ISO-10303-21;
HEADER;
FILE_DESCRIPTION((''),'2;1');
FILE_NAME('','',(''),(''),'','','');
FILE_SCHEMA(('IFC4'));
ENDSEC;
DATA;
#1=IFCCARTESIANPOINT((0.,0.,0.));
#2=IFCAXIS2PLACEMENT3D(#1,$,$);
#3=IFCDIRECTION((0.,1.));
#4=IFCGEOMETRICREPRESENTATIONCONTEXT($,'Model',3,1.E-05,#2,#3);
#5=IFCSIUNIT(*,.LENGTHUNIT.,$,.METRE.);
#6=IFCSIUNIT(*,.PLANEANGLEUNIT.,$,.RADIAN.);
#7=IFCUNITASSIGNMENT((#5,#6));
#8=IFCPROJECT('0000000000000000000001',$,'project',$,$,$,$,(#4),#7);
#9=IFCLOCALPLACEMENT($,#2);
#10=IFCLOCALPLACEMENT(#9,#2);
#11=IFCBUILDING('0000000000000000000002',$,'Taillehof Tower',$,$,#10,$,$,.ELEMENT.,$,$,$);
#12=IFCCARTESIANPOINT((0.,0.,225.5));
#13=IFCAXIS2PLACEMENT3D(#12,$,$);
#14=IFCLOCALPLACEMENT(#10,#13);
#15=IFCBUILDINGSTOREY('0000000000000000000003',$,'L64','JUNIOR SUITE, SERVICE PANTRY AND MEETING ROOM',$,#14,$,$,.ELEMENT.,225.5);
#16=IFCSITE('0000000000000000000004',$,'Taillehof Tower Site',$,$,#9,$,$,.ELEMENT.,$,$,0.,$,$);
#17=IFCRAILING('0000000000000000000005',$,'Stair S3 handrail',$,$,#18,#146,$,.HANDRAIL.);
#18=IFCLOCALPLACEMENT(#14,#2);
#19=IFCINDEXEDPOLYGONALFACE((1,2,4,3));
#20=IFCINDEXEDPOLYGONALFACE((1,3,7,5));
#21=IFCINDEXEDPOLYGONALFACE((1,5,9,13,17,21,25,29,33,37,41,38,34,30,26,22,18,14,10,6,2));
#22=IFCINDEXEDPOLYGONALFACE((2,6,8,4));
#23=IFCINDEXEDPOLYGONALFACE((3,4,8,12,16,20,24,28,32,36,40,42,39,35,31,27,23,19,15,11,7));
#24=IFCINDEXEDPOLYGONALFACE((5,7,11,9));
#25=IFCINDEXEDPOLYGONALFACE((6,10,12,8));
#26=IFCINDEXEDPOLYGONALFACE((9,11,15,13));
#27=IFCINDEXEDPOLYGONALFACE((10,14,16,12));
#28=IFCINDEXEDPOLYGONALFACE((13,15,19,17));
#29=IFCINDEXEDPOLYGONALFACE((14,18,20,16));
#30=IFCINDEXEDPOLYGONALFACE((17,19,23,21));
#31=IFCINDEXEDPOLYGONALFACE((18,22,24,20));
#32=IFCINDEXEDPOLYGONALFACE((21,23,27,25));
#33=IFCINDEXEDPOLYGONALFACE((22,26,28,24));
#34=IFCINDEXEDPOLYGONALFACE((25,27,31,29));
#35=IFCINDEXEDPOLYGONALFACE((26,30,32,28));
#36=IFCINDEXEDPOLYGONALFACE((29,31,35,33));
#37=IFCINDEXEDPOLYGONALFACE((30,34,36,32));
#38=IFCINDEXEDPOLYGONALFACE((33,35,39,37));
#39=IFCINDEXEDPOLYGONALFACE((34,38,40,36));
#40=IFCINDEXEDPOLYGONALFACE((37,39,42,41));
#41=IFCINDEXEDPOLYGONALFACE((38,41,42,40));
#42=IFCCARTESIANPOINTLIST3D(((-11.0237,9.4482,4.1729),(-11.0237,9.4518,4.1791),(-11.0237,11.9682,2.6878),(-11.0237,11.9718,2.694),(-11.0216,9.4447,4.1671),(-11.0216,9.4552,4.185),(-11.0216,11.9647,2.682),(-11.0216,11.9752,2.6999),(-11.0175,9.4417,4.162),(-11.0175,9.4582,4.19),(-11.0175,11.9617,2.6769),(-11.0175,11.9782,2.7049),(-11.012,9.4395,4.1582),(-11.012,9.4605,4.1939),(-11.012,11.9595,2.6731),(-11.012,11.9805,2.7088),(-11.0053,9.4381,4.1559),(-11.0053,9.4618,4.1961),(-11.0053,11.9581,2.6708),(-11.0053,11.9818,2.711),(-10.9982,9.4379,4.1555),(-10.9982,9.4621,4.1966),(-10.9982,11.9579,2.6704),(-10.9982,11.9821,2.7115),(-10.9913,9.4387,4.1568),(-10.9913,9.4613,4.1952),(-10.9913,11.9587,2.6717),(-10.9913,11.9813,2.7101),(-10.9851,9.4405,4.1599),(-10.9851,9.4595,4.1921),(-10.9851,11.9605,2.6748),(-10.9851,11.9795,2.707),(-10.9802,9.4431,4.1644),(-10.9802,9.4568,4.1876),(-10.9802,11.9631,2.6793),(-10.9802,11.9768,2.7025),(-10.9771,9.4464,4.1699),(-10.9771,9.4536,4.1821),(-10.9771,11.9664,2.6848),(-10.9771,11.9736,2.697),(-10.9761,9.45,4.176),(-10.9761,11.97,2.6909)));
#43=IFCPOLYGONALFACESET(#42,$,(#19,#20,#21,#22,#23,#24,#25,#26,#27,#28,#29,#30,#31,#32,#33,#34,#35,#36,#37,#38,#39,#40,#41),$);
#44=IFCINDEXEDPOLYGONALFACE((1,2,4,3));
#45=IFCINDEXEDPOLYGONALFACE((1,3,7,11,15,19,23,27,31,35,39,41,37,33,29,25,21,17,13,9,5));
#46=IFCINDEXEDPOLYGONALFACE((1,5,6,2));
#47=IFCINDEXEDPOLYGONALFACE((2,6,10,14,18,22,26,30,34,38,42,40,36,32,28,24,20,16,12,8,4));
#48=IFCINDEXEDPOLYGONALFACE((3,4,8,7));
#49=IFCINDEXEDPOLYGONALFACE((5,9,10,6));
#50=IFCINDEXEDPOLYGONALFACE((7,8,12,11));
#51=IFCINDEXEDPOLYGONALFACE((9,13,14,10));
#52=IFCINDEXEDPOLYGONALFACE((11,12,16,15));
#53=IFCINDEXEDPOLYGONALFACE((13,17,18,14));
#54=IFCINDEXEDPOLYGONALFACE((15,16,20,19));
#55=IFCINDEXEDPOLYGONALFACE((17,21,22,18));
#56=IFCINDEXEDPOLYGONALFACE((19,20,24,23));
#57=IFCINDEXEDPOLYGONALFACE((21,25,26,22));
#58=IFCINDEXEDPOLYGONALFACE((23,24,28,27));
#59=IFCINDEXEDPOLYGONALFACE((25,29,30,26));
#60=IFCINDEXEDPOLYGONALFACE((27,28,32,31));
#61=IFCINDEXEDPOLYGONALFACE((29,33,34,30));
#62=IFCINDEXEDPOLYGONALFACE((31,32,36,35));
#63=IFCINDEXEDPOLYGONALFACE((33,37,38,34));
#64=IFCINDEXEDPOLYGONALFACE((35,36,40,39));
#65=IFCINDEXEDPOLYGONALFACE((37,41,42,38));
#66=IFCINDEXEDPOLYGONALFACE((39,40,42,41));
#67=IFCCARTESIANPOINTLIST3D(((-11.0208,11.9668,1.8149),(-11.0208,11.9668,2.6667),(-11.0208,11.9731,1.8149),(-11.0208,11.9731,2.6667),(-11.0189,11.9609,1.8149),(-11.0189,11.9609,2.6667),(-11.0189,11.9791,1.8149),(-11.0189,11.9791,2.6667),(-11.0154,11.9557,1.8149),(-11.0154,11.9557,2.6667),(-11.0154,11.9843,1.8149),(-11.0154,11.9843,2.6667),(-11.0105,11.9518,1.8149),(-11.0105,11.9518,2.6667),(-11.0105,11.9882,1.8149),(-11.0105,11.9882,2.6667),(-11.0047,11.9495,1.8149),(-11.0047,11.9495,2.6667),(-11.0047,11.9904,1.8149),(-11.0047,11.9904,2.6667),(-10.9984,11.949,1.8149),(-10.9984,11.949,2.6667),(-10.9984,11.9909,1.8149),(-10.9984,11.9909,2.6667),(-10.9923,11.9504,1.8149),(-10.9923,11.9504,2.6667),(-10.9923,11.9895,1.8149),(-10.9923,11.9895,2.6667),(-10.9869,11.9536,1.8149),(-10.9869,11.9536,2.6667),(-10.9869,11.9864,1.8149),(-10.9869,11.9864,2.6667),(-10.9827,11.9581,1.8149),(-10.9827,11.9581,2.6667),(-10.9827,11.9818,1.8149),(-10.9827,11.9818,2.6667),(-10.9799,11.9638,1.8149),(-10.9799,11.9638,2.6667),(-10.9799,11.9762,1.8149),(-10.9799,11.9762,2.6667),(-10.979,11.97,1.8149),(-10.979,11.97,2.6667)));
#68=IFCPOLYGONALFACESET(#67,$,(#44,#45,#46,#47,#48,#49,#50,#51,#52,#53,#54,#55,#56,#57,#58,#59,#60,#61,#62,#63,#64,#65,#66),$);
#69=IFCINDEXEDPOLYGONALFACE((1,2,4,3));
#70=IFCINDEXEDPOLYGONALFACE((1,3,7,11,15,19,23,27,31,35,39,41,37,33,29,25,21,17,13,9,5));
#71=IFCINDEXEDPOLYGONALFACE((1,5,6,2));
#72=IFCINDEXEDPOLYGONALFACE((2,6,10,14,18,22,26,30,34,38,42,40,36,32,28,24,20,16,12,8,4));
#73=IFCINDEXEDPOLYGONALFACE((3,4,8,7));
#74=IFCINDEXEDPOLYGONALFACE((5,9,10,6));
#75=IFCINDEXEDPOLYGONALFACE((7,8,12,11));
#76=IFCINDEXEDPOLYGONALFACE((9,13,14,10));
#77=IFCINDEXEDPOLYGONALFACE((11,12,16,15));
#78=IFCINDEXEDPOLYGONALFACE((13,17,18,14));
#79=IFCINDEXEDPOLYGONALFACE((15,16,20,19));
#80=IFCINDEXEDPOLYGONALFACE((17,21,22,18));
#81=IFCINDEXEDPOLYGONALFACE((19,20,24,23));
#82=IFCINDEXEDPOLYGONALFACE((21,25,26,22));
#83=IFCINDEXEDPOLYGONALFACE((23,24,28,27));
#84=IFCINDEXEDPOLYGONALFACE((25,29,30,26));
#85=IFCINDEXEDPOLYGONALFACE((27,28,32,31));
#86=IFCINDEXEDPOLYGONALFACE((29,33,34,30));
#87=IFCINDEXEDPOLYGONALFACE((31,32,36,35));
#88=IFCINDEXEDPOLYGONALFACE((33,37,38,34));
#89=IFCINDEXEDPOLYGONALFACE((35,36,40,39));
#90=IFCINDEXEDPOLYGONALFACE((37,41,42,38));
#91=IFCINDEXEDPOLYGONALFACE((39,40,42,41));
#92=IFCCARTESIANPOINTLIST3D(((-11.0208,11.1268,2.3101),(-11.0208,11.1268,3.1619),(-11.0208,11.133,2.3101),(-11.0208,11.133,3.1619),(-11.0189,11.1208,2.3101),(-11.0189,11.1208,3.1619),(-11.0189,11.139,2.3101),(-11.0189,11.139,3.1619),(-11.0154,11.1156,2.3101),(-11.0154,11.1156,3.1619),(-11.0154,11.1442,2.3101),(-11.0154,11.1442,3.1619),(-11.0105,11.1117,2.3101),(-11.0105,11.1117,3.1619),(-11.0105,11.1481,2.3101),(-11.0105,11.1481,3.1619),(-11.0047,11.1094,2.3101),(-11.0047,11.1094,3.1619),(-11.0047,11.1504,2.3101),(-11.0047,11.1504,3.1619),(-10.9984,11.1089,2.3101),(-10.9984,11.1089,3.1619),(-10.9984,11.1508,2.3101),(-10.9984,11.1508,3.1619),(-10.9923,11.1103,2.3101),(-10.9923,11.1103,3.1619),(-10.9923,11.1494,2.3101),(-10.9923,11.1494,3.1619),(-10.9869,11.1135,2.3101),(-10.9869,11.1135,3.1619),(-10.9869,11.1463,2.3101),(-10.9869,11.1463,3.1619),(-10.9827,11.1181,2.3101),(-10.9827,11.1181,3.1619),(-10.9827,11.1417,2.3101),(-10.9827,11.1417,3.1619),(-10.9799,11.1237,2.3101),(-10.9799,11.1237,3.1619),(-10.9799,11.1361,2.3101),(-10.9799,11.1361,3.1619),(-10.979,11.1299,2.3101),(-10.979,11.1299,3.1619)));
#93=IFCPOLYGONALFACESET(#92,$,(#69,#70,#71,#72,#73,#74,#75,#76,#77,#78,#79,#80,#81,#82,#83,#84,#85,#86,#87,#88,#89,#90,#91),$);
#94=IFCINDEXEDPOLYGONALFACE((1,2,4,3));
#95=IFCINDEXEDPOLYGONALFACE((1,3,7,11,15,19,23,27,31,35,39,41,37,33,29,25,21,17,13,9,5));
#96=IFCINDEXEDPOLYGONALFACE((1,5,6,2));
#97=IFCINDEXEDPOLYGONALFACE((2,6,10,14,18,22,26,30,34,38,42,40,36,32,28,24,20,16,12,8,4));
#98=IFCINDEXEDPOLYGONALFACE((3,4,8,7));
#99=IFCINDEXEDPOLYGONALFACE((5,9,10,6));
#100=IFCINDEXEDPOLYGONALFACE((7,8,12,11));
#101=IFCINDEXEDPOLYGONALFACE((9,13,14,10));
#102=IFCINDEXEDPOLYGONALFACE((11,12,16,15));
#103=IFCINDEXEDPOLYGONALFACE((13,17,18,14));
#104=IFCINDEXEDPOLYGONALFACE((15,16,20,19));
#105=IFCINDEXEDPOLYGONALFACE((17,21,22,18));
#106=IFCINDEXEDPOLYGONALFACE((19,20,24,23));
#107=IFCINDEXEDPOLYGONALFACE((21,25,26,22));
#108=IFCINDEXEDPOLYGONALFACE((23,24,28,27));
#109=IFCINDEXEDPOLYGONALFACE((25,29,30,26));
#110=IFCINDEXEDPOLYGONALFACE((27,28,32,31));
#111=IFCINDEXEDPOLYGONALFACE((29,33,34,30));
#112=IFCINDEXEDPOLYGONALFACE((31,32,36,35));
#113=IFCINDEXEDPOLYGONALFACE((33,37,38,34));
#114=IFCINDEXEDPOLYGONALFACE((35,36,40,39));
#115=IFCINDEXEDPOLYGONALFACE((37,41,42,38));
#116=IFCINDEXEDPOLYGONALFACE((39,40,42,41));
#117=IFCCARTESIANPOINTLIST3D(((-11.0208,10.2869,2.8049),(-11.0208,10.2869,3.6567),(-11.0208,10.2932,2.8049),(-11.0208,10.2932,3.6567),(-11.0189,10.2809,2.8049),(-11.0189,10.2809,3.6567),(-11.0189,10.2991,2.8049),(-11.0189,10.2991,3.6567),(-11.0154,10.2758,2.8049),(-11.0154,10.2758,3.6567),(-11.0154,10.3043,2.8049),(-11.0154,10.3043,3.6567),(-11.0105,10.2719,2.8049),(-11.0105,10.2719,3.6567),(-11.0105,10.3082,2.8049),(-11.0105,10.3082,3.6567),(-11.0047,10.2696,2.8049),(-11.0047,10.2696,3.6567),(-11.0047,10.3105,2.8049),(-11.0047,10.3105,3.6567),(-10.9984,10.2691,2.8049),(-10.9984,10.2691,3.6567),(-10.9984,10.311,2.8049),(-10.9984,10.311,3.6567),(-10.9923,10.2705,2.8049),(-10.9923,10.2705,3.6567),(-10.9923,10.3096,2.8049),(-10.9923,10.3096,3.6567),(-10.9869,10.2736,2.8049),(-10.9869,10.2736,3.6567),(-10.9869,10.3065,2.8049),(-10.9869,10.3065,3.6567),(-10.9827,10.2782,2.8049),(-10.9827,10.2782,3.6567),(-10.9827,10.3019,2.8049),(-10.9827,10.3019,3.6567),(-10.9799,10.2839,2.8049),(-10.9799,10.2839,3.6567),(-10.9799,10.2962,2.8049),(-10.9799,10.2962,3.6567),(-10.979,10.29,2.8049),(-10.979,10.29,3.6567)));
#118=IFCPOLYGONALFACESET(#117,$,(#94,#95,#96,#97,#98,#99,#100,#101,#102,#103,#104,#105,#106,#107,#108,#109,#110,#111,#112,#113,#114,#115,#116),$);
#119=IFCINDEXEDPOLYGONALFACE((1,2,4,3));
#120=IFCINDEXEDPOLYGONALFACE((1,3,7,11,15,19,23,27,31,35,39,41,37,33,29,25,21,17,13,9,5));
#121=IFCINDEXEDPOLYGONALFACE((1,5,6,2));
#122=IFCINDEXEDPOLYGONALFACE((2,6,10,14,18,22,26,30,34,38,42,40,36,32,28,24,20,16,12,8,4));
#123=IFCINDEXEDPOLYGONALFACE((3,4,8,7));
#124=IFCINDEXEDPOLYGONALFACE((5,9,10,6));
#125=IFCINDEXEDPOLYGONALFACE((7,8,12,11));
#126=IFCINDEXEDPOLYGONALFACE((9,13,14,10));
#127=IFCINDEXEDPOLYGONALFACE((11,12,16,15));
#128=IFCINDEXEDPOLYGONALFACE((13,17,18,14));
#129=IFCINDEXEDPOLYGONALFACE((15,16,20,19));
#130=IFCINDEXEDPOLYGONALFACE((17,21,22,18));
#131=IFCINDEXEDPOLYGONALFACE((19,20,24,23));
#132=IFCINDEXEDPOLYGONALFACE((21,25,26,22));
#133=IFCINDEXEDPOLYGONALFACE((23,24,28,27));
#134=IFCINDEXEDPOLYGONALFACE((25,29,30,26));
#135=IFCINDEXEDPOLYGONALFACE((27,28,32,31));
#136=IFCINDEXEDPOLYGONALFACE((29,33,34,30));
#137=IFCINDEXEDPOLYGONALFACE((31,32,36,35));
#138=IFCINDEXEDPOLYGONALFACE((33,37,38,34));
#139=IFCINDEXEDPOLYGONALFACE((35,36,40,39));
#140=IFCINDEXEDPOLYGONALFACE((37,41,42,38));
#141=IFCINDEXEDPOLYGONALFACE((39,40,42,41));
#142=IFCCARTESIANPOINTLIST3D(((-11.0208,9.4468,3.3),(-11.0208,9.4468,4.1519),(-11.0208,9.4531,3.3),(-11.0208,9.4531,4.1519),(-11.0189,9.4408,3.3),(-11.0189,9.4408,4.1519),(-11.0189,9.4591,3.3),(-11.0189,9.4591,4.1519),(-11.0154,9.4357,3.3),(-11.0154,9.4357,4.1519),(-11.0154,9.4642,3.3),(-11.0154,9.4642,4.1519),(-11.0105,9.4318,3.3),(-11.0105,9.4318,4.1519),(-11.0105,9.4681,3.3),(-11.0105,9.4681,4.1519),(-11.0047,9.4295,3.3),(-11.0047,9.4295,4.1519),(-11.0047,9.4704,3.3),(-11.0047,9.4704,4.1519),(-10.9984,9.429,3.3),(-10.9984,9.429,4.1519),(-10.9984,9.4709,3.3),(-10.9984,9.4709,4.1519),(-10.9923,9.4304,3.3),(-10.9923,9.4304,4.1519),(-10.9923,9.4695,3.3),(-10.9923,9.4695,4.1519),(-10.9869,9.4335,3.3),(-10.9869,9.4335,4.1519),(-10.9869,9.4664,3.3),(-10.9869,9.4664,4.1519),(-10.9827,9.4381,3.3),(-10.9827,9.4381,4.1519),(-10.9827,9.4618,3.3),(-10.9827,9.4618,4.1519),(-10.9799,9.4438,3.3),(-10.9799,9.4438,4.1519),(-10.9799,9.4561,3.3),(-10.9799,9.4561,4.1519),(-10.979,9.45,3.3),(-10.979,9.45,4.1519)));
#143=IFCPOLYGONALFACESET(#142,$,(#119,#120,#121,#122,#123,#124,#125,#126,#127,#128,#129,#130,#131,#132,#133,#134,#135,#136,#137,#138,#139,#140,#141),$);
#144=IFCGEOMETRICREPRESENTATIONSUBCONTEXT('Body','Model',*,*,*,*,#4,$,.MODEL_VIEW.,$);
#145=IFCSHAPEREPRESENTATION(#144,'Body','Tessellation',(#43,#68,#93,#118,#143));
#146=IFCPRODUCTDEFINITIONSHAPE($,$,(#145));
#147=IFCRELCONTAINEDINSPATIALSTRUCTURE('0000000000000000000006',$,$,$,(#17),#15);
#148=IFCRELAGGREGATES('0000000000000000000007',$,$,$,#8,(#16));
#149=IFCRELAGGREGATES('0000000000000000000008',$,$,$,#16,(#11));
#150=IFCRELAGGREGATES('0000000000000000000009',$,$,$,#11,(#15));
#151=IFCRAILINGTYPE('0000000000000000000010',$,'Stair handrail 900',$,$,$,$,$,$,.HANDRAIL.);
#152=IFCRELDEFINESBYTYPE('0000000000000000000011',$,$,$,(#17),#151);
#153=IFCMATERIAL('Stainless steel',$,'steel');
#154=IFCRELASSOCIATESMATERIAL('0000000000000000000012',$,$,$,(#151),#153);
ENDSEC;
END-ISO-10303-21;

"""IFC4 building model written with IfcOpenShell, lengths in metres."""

from ifc_helpers import new_model, si_unit, direction, frame, origin, origin_2d, place, context, subcontext, project, spatial, circle, extrude, material, type_object, element, save


model = new_model("IFC4")

# Units and contexts
model_context = context("Model", 3, precision=1e-05, world=origin(), true_north=direction((0.0, 1.0)))
body_context = subcontext(model_context, "Body", "Model", "MODEL_VIEW")
ifc_project = project(units=[si_unit("LENGTHUNIT", "METRE"), si_unit("PLANEANGLEUNIT", "RADIAN")], contexts=[model_context])

# Site, building, storey
site_placement = place(None, origin())
site = spatial("IfcSite", under=ifc_project, at=site_placement, Name="Taillehof Tower Site", CompositionType="ELEMENT", RefElevation=0.0)
building_placement = place(site_placement, origin())
building = spatial("IfcBuilding", under=site, at=building_placement, Name="Taillehof Tower", CompositionType="ELEMENT")
storey_placement = place(building_placement, frame((0.0, 0.0, 225.5)))
storey = spatial("IfcBuildingStorey", under=building, at=storey_placement, Name="L64", Description="JUNIOR SUITE, SERVICE PANTRY AND MEETING ROOM", CompositionType="ELEMENT", Elevation=225.5)

# Railing
ifc_material_1 = material(Name="Stainless steel", Category="steel")
railing_type = type_object("IfcRailingType", Name="Stair handrail 900", PredefinedType="HANDRAIL", material=ifc_material_1)
railing_placement = place(storey_placement, frame((-11.0, 11.97, 1.8149)))
element("IfcRailing", 1, at=railing_placement, inside=storey, type_object=railing_type, Name="Stair S3 handrail", PredefinedType="HANDRAIL", context=body_context, shape_type="SweptSolid", body=[
    extrude(circle(Radius=0.0239, at=origin_2d()), frame((0.0, 0.0, 0.876), z_axis=(0.0, -0.861524, 0.507717), x_axis=(1.0, 0.0, 0.0)), (0.0, 0.0, 1.0), 2.925),
    extrude(circle(Radius=0.021, at=origin_2d()), origin(), (0.0, 0.0, 1.0), 0.8518),
    extrude(circle(Radius=0.021, at=origin_2d()), frame((0.0, -0.8401, 0.4951)), (0.0, 0.0, 1.0), 0.8518),
    extrude(circle(Radius=0.021, at=origin_2d()), frame((0.0, -1.6799, 0.99)), (0.0, 0.0, 1.0), 0.8518),
    extrude(circle(Radius=0.021, at=origin_2d()), frame((0.0, -2.52, 1.4851)), (0.0, 0.0, 1.0), 0.8518),
])

save(model, "model.ifc")
